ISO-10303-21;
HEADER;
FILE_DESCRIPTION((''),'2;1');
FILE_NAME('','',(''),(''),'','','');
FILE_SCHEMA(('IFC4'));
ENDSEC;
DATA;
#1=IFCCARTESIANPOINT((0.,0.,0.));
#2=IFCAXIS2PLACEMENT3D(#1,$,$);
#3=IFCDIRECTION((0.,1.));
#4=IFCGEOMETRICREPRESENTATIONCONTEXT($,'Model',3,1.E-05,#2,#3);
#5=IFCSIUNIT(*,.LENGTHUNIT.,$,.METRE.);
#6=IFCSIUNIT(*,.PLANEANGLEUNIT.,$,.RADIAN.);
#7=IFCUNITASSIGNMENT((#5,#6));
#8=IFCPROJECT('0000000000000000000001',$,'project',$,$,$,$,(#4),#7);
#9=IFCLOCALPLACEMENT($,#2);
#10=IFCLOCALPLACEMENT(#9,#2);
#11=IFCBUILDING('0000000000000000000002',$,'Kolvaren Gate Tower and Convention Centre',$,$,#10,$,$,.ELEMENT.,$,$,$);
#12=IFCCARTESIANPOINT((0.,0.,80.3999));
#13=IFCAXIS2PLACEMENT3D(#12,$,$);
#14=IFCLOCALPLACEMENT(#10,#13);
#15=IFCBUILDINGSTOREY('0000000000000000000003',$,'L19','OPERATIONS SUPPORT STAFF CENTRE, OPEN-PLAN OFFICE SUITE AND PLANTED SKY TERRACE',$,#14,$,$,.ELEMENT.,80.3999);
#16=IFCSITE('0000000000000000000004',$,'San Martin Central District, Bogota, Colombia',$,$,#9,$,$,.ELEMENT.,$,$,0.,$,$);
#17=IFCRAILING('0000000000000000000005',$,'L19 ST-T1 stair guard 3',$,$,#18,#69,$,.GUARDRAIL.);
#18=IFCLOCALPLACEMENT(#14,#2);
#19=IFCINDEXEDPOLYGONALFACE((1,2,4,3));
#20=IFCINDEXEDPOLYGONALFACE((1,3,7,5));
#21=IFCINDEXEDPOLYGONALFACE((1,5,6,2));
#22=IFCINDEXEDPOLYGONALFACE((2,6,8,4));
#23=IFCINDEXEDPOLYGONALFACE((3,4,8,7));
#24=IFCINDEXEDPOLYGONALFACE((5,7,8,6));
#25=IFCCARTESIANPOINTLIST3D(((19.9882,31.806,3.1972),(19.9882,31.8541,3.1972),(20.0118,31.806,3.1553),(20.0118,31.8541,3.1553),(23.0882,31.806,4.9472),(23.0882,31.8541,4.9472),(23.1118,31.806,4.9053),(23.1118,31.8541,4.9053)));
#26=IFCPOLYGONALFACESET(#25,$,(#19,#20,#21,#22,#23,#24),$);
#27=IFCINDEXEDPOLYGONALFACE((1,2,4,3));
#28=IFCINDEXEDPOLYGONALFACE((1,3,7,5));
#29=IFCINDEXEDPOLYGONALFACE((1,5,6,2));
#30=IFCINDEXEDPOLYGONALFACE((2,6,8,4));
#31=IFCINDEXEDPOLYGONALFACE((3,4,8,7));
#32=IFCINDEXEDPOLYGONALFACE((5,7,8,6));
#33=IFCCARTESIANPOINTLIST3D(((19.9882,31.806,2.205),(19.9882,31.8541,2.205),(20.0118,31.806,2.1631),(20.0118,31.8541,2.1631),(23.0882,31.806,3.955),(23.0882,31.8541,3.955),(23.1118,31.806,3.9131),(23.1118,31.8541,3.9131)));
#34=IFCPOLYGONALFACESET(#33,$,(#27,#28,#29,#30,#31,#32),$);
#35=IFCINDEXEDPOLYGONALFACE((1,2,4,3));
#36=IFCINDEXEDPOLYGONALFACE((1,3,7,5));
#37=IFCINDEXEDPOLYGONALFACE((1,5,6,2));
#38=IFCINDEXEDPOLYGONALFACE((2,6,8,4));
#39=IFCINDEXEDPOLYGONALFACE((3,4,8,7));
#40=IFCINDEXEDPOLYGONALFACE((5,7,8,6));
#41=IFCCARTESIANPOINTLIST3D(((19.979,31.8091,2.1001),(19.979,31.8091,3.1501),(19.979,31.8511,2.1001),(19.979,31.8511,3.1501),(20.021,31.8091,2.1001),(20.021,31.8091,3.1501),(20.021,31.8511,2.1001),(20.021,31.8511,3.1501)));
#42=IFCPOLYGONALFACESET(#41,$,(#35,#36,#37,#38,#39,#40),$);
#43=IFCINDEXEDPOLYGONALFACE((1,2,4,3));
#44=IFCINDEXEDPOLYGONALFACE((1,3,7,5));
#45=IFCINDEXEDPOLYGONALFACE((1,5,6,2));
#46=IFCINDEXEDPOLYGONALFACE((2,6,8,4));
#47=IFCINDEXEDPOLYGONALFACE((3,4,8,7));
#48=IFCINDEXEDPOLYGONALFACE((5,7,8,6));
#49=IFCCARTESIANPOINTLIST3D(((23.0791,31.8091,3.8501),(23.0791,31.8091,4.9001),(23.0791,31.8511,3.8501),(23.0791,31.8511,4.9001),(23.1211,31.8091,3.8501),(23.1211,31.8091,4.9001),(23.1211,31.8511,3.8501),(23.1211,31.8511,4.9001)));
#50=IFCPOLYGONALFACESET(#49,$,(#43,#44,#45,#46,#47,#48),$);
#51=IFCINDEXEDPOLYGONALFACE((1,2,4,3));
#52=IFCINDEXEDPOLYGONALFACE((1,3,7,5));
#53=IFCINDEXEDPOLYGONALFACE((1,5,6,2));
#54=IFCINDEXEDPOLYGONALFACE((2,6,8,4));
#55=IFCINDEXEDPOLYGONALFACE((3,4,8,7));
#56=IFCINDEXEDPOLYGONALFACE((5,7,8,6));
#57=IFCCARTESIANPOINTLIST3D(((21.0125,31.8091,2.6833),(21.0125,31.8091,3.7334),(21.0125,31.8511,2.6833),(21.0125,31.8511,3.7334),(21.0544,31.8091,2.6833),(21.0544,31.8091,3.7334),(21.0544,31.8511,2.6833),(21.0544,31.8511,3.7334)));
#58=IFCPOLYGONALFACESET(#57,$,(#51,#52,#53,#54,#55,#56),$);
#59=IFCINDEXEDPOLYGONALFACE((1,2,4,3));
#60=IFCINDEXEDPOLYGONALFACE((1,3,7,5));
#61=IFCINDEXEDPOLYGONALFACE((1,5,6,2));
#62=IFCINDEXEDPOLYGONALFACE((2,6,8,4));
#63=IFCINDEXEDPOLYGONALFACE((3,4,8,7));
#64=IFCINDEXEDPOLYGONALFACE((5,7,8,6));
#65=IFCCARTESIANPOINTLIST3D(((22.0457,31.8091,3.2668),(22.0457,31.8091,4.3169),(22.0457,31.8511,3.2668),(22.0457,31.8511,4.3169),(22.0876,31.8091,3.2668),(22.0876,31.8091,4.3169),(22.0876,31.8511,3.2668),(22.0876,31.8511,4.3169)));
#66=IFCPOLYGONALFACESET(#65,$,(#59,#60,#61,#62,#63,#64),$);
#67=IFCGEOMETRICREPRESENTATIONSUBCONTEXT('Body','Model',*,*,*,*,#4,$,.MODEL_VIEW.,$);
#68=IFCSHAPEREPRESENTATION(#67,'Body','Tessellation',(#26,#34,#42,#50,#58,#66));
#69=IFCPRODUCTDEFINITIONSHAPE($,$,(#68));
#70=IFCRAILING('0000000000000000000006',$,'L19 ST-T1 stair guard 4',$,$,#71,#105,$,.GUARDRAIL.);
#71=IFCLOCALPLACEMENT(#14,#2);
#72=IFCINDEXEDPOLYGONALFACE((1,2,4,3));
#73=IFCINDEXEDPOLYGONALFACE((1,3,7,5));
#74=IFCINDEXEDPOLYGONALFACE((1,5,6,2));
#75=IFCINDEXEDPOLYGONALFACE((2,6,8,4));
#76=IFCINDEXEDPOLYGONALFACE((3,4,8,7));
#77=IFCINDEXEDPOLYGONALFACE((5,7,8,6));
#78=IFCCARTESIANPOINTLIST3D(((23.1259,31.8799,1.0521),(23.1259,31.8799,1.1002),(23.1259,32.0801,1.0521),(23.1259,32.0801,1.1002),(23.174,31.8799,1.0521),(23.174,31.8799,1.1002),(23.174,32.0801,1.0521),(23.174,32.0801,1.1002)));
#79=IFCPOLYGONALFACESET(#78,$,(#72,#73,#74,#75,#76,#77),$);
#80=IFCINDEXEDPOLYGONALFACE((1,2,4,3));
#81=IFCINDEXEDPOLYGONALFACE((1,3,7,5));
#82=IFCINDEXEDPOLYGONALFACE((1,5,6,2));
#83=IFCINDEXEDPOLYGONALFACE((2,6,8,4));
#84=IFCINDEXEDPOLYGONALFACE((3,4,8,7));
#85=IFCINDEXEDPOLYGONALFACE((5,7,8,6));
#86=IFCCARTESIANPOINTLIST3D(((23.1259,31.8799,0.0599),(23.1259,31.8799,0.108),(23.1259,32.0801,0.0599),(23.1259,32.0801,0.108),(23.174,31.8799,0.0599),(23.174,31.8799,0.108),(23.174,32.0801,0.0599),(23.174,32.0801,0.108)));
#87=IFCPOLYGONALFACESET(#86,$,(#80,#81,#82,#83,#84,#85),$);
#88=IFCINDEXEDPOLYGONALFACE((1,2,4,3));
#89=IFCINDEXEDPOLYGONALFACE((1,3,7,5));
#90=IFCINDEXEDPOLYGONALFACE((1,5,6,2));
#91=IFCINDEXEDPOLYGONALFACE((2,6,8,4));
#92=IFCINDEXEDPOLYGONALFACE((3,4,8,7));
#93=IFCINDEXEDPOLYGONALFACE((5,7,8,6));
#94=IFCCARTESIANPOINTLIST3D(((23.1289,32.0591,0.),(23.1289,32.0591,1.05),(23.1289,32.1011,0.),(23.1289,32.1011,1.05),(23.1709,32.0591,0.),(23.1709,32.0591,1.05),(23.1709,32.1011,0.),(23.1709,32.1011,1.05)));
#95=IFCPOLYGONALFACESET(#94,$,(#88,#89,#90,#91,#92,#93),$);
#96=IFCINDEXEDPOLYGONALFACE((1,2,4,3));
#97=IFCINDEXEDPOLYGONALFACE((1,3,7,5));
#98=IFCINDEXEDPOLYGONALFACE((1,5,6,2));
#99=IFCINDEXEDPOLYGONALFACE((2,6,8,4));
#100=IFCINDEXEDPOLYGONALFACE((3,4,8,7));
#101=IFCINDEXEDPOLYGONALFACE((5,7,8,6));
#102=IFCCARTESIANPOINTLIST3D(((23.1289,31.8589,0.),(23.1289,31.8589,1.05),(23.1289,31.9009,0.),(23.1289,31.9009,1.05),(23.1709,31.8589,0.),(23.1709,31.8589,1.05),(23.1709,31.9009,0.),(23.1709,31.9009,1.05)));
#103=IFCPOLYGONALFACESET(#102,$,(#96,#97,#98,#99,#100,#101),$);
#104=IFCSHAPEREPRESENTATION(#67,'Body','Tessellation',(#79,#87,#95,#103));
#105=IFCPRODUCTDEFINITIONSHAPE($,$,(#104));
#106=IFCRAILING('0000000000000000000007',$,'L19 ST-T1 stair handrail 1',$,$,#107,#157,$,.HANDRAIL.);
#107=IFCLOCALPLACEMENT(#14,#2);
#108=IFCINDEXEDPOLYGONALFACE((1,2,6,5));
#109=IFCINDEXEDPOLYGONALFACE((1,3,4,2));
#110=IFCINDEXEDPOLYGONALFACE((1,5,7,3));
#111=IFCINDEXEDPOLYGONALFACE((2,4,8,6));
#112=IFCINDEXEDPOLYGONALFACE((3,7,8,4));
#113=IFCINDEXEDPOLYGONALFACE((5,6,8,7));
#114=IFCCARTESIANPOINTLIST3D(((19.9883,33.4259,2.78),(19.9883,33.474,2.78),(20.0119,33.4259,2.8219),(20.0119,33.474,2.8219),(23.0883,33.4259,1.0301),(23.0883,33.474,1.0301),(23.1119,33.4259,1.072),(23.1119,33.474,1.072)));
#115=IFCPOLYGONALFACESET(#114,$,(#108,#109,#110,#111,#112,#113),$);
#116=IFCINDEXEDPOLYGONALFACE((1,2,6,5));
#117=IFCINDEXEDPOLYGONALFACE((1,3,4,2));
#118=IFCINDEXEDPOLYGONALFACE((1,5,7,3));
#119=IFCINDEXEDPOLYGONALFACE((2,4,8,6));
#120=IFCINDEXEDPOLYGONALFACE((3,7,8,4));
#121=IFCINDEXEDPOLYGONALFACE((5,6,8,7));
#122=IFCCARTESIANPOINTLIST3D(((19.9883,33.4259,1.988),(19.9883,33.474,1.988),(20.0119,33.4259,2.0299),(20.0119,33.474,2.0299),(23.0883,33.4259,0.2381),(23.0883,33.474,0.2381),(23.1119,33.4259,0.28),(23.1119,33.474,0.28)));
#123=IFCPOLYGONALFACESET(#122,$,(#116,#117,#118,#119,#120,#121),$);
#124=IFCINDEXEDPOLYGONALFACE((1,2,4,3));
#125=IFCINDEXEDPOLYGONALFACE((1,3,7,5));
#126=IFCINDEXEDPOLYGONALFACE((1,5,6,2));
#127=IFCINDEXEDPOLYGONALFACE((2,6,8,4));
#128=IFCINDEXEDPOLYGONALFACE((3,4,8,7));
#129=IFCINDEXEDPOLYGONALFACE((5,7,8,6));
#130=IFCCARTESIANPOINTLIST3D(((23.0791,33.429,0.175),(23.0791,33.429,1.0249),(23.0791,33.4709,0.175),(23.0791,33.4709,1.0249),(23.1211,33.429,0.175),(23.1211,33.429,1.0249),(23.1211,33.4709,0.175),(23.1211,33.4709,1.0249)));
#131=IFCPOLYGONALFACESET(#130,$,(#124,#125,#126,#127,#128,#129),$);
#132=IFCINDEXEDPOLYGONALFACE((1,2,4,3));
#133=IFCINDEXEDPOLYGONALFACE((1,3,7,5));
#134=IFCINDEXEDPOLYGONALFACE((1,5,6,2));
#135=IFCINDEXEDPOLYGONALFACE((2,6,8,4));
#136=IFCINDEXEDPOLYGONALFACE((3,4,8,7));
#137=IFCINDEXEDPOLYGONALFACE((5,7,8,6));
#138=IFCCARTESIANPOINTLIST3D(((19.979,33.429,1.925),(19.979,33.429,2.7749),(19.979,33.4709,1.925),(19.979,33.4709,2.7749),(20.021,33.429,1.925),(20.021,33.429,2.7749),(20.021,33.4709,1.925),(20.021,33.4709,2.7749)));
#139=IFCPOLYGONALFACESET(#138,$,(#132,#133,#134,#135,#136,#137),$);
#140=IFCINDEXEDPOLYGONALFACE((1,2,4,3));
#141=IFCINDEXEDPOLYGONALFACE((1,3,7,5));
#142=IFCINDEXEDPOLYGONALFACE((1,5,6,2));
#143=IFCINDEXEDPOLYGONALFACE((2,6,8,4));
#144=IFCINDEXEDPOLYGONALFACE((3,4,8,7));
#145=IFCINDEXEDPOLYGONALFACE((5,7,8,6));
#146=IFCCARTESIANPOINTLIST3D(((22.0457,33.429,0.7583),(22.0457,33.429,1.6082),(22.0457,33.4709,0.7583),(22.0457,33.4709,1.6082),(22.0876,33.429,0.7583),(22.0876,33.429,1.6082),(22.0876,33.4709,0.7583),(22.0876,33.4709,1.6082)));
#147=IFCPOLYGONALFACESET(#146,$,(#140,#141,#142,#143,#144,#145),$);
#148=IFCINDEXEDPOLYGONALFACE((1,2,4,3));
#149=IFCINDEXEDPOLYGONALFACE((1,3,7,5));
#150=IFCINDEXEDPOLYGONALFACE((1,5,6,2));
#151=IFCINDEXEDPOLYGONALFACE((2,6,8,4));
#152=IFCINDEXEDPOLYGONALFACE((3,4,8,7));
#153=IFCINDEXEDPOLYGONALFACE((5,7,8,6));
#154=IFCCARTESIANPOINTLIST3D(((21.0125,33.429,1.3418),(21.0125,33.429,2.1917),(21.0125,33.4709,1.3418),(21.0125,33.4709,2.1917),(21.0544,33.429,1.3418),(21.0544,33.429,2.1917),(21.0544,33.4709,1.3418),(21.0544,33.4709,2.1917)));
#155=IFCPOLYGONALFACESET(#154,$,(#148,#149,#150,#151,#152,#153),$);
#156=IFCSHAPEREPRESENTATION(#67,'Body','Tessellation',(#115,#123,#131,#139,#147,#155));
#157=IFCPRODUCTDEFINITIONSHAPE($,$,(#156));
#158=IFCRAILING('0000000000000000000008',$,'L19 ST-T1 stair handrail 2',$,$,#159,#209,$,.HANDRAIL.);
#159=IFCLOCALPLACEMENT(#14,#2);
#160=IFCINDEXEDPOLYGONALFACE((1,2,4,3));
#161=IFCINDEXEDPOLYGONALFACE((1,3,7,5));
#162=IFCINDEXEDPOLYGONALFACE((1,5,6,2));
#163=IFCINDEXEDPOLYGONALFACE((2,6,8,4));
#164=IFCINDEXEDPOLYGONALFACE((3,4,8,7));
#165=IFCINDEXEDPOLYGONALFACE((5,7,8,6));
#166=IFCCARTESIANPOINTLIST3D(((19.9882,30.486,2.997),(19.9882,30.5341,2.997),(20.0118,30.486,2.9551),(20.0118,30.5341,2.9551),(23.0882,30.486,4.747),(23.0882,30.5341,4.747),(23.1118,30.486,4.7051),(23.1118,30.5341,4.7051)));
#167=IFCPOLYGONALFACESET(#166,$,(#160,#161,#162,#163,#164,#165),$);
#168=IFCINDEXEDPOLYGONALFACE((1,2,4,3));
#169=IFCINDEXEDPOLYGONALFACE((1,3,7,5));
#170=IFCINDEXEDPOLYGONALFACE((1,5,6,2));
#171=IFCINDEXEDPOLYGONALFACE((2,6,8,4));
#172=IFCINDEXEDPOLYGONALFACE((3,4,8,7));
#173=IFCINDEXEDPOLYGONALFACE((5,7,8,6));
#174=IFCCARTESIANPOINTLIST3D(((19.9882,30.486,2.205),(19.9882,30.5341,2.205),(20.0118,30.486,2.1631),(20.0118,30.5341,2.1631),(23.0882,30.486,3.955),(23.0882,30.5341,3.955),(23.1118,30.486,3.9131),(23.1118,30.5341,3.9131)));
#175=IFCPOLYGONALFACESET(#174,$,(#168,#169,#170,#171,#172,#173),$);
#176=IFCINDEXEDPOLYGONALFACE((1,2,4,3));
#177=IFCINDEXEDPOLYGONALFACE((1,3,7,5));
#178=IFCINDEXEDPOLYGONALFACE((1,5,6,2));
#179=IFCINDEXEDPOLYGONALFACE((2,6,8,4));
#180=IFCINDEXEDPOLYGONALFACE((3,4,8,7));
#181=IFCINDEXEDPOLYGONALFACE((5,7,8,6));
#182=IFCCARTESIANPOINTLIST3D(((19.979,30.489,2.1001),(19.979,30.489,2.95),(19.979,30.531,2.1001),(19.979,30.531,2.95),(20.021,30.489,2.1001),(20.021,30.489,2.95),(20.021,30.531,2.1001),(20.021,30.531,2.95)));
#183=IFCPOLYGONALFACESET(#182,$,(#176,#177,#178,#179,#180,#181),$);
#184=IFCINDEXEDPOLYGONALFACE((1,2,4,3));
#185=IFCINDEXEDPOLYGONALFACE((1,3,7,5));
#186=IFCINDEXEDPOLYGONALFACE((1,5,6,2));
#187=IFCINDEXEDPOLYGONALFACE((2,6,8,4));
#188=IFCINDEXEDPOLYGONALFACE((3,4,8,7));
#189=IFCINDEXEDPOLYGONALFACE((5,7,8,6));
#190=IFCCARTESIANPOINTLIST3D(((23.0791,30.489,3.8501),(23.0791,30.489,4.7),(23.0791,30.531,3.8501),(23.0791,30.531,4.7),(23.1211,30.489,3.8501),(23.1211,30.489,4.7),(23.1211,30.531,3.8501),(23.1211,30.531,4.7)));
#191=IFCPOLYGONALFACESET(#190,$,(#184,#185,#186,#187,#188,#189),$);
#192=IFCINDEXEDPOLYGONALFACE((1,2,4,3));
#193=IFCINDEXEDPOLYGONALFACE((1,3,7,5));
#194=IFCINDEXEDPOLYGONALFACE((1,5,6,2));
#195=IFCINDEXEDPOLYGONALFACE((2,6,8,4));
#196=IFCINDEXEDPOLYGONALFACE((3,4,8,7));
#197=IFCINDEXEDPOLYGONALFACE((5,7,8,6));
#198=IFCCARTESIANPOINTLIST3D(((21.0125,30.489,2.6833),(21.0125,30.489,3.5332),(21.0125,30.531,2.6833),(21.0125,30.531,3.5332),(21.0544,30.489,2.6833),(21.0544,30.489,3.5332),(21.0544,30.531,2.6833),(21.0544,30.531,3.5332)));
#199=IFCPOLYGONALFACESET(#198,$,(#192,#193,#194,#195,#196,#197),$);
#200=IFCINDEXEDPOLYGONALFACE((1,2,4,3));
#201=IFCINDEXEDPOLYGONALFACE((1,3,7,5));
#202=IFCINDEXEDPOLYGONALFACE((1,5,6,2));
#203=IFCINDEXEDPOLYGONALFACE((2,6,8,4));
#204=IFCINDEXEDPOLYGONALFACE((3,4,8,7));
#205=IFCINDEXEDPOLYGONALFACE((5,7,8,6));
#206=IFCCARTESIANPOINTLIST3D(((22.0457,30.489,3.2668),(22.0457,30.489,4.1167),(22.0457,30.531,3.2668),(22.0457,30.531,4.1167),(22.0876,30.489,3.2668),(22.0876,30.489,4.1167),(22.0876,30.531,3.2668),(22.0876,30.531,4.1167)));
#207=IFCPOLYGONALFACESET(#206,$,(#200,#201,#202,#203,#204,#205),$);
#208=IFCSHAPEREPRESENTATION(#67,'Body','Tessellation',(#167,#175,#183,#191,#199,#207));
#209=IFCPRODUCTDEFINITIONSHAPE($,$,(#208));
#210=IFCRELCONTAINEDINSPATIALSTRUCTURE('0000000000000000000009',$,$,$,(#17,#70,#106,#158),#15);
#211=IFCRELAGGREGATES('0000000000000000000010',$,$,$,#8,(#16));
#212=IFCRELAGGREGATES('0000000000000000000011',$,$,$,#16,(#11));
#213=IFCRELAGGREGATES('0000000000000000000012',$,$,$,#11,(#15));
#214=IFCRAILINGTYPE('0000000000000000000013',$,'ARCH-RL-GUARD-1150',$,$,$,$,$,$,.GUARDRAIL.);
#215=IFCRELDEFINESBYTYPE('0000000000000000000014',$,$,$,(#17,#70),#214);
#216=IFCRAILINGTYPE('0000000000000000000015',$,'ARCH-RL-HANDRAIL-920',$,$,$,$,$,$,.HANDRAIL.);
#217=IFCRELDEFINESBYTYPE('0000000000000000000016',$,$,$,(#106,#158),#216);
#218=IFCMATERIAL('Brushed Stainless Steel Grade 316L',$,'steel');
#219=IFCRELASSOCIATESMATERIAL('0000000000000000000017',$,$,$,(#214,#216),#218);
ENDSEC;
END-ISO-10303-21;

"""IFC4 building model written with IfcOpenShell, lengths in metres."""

from ifc_helpers import new_model, si_unit, direction, frame, origin, origin_2d, place, context, subcontext, project, spatial, rectangle, extrude, material, type_object, element, save


model = new_model("IFC4")

# Units and contexts
model_context = context("Model", 3, precision=1e-05, world=origin(), true_north=direction((0.0, 1.0)))
body_context = subcontext(model_context, "Body", "Model", "MODEL_VIEW")
ifc_project = project(units=[si_unit("LENGTHUNIT", "METRE"), si_unit("PLANEANGLEUNIT", "RADIAN")], contexts=[model_context])

# Site, building, storey
site_placement = place(None, origin())
site = spatial("IfcSite", under=ifc_project, at=site_placement, Name="San Martin Central District, Bogota, Colombia", CompositionType="ELEMENT", RefElevation=0.0)
building_placement = place(site_placement, origin())
building = spatial("IfcBuilding", under=site, at=building_placement, Name="Kolvaren Gate Tower and Convention Centre", CompositionType="ELEMENT")
storey_placement = place(building_placement, frame((0.0, 0.0, 80.3999)))
storey = spatial("IfcBuildingStorey", under=building, at=storey_placement, Name="L19", Description="OPERATIONS SUPPORT STAFF CENTRE, OPEN-PLAN OFFICE SUITE AND PLANTED SKY TERRACE", CompositionType="ELEMENT", Elevation=80.3999)

# Shared definitions
ifc_material_1 = material(Name="Brushed Stainless Steel Grade 316L", Category="steel")

# Railings
railing_type_1 = type_object("IfcRailingType", Name="ARCH-RL-GUARD-1150", PredefinedType="GUARDRAIL", material=ifc_material_1)
railing_1_placement = place(storey_placement, frame((20.0, 31.8301, 2.1001)))
element("IfcRailing", 1, at=railing_1_placement, inside=storey, type_object=railing_type_1, Name="L19 ST-T1 stair guard 3", PredefinedType="GUARDRAIL", context=body_context, shape_type="SweptSolid", body=[
    extrude(rectangle(XDim=0.0481, YDim=0.0481, at=origin_2d()), frame((0.0, 0.0, 1.0762), z_axis=(0.870831, 0.0, 0.491583), x_axis=(0.0, 1.0, 0.0)), (0.0, 0.0, 1.0), 3.5598),
    extrude(rectangle(XDim=0.0481, YDim=0.0481, at=origin_2d()), frame((0.0, 0.0, 0.084), z_axis=(0.870831, 0.0, 0.491583), x_axis=(0.0, 1.0, 0.0)), (0.0, 0.0, 1.0), 3.5598),
    extrude(rectangle(XDim=0.042, YDim=0.042, at=origin_2d()), origin(), (0.0, 0.0, 1.0), 1.05),
    extrude(rectangle(XDim=0.042, YDim=0.042, at=origin_2d()), frame((3.1001, 0.0, 1.75)), (0.0, 0.0, 1.0), 1.05),
    extrude(rectangle(XDim=0.042, YDim=0.042, at=origin_2d()), frame((1.0334, 0.0, 0.5833)), (0.0, 0.0, 1.0), 1.05),
    extrude(rectangle(XDim=0.042, YDim=0.042, at=origin_2d()), frame((2.0667, 0.0, 1.1667)), (0.0, 0.0, 1.0), 1.05),
])
railing_2_placement = place(storey_placement, frame((23.1499, 32.0801, 0.0)))
element("IfcRailing", 2, at=railing_2_placement, inside=storey, type_object=railing_type_1, Name="L19 ST-T1 stair guard 4", PredefinedType="GUARDRAIL", context=body_context, shape_type="SweptSolid", body=[
    extrude(rectangle(XDim=0.0481, YDim=0.0481, at=origin_2d()), frame((0.0, 0.0, 1.0762), z_axis=(0.0, -1.0, 0.0), x_axis=(1.0, 0.0, 0.0)), (0.0, 0.0, 1.0), 0.2002),
    extrude(rectangle(XDim=0.0481, YDim=0.0481, at=origin_2d()), frame((0.0, 0.0, 0.084), z_axis=(0.0, -1.0, 0.0), x_axis=(1.0, 0.0, 0.0)), (0.0, 0.0, 1.0), 0.2002),
    extrude(rectangle(XDim=0.042, YDim=0.042, at=origin_2d()), origin(), (0.0, 0.0, 1.0), 1.05),
    extrude(rectangle(XDim=0.042, YDim=0.042, at=origin_2d()), frame((0.0, -0.2002, 0.0)), (0.0, 0.0, 1.0), 1.05),
])
railing_type_2 = type_object("IfcRailingType", Name="ARCH-RL-HANDRAIL-920", PredefinedType="HANDRAIL", material=ifc_material_1)
railing_3_placement = place(storey_placement, frame((23.1001, 33.45, 0.175)))
element("IfcRailing", 3, at=railing_3_placement, inside=storey, type_object=railing_type_2, Name="L19 ST-T1 stair handrail 1", PredefinedType="HANDRAIL", context=body_context, shape_type="SweptSolid", body=[
    extrude(rectangle(XDim=0.0481, YDim=0.0481, at=origin_2d()), frame((0.0, 0.0, 0.876), z_axis=(-0.870831, 0.0, 0.491583), x_axis=(0.0, -1.0, 0.0)), (0.0, 0.0, 1.0), 3.5598),
    extrude(rectangle(XDim=0.0481, YDim=0.0481, at=origin_2d()), frame((0.0, 0.0, 0.084), z_axis=(-0.870831, 0.0, 0.491583), x_axis=(0.0, -1.0, 0.0)), (0.0, 0.0, 1.0), 3.5598),
    extrude(rectangle(XDim=0.042, YDim=0.042, at=origin_2d()), origin(), (0.0, 0.0, 1.0), 0.8499),
    extrude(rectangle(XDim=0.042, YDim=0.042, at=origin_2d()), frame((-3.1001, 0.0, 1.75)), (0.0, 0.0, 1.0), 0.8499),
    extrude(rectangle(XDim=0.042, YDim=0.042, at=origin_2d()), frame((-1.0334, 0.0, 0.5833)), (0.0, 0.0, 1.0), 0.8499),
    extrude(rectangle(XDim=0.042, YDim=0.042, at=origin_2d()), frame((-2.0667, 0.0, 1.1667)), (0.0, 0.0, 1.0), 0.8499),
])
railing_4_placement = place(storey_placement, frame((20.0, 30.51, 2.1001)))
element("IfcRailing", 4, at=railing_4_placement, inside=storey, type_object=railing_type_2, Name="L19 ST-T1 stair handrail 2", PredefinedType="HANDRAIL", context=body_context, shape_type="SweptSolid", body=[
    extrude(rectangle(XDim=0.0481, YDim=0.0481, at=origin_2d()), frame((0.0, 0.0, 0.876), z_axis=(0.870831, 0.0, 0.491583), x_axis=(0.0, 1.0, 0.0)), (0.0, 0.0, 1.0), 3.5598),
    extrude(rectangle(XDim=0.0481, YDim=0.0481, at=origin_2d()), frame((0.0, 0.0, 0.084), z_axis=(0.870831, 0.0, 0.491583), x_axis=(0.0, 1.0, 0.0)), (0.0, 0.0, 1.0), 3.5598),
    extrude(rectangle(XDim=0.042, YDim=0.042, at=origin_2d()), origin(), (0.0, 0.0, 1.0), 0.8499),
    extrude(rectangle(XDim=0.042, YDim=0.042, at=origin_2d()), frame((3.1001, 0.0, 1.75)), (0.0, 0.0, 1.0), 0.8499),
    extrude(rectangle(XDim=0.042, YDim=0.042, at=origin_2d()), frame((1.0334, 0.0, 0.5833)), (0.0, 0.0, 1.0), 0.8499),
    extrude(rectangle(XDim=0.042, YDim=0.042, at=origin_2d()), frame((2.0667, 0.0, 1.1667)), (0.0, 0.0, 1.0), 0.8499),
])

save(model, "model.ifc")
